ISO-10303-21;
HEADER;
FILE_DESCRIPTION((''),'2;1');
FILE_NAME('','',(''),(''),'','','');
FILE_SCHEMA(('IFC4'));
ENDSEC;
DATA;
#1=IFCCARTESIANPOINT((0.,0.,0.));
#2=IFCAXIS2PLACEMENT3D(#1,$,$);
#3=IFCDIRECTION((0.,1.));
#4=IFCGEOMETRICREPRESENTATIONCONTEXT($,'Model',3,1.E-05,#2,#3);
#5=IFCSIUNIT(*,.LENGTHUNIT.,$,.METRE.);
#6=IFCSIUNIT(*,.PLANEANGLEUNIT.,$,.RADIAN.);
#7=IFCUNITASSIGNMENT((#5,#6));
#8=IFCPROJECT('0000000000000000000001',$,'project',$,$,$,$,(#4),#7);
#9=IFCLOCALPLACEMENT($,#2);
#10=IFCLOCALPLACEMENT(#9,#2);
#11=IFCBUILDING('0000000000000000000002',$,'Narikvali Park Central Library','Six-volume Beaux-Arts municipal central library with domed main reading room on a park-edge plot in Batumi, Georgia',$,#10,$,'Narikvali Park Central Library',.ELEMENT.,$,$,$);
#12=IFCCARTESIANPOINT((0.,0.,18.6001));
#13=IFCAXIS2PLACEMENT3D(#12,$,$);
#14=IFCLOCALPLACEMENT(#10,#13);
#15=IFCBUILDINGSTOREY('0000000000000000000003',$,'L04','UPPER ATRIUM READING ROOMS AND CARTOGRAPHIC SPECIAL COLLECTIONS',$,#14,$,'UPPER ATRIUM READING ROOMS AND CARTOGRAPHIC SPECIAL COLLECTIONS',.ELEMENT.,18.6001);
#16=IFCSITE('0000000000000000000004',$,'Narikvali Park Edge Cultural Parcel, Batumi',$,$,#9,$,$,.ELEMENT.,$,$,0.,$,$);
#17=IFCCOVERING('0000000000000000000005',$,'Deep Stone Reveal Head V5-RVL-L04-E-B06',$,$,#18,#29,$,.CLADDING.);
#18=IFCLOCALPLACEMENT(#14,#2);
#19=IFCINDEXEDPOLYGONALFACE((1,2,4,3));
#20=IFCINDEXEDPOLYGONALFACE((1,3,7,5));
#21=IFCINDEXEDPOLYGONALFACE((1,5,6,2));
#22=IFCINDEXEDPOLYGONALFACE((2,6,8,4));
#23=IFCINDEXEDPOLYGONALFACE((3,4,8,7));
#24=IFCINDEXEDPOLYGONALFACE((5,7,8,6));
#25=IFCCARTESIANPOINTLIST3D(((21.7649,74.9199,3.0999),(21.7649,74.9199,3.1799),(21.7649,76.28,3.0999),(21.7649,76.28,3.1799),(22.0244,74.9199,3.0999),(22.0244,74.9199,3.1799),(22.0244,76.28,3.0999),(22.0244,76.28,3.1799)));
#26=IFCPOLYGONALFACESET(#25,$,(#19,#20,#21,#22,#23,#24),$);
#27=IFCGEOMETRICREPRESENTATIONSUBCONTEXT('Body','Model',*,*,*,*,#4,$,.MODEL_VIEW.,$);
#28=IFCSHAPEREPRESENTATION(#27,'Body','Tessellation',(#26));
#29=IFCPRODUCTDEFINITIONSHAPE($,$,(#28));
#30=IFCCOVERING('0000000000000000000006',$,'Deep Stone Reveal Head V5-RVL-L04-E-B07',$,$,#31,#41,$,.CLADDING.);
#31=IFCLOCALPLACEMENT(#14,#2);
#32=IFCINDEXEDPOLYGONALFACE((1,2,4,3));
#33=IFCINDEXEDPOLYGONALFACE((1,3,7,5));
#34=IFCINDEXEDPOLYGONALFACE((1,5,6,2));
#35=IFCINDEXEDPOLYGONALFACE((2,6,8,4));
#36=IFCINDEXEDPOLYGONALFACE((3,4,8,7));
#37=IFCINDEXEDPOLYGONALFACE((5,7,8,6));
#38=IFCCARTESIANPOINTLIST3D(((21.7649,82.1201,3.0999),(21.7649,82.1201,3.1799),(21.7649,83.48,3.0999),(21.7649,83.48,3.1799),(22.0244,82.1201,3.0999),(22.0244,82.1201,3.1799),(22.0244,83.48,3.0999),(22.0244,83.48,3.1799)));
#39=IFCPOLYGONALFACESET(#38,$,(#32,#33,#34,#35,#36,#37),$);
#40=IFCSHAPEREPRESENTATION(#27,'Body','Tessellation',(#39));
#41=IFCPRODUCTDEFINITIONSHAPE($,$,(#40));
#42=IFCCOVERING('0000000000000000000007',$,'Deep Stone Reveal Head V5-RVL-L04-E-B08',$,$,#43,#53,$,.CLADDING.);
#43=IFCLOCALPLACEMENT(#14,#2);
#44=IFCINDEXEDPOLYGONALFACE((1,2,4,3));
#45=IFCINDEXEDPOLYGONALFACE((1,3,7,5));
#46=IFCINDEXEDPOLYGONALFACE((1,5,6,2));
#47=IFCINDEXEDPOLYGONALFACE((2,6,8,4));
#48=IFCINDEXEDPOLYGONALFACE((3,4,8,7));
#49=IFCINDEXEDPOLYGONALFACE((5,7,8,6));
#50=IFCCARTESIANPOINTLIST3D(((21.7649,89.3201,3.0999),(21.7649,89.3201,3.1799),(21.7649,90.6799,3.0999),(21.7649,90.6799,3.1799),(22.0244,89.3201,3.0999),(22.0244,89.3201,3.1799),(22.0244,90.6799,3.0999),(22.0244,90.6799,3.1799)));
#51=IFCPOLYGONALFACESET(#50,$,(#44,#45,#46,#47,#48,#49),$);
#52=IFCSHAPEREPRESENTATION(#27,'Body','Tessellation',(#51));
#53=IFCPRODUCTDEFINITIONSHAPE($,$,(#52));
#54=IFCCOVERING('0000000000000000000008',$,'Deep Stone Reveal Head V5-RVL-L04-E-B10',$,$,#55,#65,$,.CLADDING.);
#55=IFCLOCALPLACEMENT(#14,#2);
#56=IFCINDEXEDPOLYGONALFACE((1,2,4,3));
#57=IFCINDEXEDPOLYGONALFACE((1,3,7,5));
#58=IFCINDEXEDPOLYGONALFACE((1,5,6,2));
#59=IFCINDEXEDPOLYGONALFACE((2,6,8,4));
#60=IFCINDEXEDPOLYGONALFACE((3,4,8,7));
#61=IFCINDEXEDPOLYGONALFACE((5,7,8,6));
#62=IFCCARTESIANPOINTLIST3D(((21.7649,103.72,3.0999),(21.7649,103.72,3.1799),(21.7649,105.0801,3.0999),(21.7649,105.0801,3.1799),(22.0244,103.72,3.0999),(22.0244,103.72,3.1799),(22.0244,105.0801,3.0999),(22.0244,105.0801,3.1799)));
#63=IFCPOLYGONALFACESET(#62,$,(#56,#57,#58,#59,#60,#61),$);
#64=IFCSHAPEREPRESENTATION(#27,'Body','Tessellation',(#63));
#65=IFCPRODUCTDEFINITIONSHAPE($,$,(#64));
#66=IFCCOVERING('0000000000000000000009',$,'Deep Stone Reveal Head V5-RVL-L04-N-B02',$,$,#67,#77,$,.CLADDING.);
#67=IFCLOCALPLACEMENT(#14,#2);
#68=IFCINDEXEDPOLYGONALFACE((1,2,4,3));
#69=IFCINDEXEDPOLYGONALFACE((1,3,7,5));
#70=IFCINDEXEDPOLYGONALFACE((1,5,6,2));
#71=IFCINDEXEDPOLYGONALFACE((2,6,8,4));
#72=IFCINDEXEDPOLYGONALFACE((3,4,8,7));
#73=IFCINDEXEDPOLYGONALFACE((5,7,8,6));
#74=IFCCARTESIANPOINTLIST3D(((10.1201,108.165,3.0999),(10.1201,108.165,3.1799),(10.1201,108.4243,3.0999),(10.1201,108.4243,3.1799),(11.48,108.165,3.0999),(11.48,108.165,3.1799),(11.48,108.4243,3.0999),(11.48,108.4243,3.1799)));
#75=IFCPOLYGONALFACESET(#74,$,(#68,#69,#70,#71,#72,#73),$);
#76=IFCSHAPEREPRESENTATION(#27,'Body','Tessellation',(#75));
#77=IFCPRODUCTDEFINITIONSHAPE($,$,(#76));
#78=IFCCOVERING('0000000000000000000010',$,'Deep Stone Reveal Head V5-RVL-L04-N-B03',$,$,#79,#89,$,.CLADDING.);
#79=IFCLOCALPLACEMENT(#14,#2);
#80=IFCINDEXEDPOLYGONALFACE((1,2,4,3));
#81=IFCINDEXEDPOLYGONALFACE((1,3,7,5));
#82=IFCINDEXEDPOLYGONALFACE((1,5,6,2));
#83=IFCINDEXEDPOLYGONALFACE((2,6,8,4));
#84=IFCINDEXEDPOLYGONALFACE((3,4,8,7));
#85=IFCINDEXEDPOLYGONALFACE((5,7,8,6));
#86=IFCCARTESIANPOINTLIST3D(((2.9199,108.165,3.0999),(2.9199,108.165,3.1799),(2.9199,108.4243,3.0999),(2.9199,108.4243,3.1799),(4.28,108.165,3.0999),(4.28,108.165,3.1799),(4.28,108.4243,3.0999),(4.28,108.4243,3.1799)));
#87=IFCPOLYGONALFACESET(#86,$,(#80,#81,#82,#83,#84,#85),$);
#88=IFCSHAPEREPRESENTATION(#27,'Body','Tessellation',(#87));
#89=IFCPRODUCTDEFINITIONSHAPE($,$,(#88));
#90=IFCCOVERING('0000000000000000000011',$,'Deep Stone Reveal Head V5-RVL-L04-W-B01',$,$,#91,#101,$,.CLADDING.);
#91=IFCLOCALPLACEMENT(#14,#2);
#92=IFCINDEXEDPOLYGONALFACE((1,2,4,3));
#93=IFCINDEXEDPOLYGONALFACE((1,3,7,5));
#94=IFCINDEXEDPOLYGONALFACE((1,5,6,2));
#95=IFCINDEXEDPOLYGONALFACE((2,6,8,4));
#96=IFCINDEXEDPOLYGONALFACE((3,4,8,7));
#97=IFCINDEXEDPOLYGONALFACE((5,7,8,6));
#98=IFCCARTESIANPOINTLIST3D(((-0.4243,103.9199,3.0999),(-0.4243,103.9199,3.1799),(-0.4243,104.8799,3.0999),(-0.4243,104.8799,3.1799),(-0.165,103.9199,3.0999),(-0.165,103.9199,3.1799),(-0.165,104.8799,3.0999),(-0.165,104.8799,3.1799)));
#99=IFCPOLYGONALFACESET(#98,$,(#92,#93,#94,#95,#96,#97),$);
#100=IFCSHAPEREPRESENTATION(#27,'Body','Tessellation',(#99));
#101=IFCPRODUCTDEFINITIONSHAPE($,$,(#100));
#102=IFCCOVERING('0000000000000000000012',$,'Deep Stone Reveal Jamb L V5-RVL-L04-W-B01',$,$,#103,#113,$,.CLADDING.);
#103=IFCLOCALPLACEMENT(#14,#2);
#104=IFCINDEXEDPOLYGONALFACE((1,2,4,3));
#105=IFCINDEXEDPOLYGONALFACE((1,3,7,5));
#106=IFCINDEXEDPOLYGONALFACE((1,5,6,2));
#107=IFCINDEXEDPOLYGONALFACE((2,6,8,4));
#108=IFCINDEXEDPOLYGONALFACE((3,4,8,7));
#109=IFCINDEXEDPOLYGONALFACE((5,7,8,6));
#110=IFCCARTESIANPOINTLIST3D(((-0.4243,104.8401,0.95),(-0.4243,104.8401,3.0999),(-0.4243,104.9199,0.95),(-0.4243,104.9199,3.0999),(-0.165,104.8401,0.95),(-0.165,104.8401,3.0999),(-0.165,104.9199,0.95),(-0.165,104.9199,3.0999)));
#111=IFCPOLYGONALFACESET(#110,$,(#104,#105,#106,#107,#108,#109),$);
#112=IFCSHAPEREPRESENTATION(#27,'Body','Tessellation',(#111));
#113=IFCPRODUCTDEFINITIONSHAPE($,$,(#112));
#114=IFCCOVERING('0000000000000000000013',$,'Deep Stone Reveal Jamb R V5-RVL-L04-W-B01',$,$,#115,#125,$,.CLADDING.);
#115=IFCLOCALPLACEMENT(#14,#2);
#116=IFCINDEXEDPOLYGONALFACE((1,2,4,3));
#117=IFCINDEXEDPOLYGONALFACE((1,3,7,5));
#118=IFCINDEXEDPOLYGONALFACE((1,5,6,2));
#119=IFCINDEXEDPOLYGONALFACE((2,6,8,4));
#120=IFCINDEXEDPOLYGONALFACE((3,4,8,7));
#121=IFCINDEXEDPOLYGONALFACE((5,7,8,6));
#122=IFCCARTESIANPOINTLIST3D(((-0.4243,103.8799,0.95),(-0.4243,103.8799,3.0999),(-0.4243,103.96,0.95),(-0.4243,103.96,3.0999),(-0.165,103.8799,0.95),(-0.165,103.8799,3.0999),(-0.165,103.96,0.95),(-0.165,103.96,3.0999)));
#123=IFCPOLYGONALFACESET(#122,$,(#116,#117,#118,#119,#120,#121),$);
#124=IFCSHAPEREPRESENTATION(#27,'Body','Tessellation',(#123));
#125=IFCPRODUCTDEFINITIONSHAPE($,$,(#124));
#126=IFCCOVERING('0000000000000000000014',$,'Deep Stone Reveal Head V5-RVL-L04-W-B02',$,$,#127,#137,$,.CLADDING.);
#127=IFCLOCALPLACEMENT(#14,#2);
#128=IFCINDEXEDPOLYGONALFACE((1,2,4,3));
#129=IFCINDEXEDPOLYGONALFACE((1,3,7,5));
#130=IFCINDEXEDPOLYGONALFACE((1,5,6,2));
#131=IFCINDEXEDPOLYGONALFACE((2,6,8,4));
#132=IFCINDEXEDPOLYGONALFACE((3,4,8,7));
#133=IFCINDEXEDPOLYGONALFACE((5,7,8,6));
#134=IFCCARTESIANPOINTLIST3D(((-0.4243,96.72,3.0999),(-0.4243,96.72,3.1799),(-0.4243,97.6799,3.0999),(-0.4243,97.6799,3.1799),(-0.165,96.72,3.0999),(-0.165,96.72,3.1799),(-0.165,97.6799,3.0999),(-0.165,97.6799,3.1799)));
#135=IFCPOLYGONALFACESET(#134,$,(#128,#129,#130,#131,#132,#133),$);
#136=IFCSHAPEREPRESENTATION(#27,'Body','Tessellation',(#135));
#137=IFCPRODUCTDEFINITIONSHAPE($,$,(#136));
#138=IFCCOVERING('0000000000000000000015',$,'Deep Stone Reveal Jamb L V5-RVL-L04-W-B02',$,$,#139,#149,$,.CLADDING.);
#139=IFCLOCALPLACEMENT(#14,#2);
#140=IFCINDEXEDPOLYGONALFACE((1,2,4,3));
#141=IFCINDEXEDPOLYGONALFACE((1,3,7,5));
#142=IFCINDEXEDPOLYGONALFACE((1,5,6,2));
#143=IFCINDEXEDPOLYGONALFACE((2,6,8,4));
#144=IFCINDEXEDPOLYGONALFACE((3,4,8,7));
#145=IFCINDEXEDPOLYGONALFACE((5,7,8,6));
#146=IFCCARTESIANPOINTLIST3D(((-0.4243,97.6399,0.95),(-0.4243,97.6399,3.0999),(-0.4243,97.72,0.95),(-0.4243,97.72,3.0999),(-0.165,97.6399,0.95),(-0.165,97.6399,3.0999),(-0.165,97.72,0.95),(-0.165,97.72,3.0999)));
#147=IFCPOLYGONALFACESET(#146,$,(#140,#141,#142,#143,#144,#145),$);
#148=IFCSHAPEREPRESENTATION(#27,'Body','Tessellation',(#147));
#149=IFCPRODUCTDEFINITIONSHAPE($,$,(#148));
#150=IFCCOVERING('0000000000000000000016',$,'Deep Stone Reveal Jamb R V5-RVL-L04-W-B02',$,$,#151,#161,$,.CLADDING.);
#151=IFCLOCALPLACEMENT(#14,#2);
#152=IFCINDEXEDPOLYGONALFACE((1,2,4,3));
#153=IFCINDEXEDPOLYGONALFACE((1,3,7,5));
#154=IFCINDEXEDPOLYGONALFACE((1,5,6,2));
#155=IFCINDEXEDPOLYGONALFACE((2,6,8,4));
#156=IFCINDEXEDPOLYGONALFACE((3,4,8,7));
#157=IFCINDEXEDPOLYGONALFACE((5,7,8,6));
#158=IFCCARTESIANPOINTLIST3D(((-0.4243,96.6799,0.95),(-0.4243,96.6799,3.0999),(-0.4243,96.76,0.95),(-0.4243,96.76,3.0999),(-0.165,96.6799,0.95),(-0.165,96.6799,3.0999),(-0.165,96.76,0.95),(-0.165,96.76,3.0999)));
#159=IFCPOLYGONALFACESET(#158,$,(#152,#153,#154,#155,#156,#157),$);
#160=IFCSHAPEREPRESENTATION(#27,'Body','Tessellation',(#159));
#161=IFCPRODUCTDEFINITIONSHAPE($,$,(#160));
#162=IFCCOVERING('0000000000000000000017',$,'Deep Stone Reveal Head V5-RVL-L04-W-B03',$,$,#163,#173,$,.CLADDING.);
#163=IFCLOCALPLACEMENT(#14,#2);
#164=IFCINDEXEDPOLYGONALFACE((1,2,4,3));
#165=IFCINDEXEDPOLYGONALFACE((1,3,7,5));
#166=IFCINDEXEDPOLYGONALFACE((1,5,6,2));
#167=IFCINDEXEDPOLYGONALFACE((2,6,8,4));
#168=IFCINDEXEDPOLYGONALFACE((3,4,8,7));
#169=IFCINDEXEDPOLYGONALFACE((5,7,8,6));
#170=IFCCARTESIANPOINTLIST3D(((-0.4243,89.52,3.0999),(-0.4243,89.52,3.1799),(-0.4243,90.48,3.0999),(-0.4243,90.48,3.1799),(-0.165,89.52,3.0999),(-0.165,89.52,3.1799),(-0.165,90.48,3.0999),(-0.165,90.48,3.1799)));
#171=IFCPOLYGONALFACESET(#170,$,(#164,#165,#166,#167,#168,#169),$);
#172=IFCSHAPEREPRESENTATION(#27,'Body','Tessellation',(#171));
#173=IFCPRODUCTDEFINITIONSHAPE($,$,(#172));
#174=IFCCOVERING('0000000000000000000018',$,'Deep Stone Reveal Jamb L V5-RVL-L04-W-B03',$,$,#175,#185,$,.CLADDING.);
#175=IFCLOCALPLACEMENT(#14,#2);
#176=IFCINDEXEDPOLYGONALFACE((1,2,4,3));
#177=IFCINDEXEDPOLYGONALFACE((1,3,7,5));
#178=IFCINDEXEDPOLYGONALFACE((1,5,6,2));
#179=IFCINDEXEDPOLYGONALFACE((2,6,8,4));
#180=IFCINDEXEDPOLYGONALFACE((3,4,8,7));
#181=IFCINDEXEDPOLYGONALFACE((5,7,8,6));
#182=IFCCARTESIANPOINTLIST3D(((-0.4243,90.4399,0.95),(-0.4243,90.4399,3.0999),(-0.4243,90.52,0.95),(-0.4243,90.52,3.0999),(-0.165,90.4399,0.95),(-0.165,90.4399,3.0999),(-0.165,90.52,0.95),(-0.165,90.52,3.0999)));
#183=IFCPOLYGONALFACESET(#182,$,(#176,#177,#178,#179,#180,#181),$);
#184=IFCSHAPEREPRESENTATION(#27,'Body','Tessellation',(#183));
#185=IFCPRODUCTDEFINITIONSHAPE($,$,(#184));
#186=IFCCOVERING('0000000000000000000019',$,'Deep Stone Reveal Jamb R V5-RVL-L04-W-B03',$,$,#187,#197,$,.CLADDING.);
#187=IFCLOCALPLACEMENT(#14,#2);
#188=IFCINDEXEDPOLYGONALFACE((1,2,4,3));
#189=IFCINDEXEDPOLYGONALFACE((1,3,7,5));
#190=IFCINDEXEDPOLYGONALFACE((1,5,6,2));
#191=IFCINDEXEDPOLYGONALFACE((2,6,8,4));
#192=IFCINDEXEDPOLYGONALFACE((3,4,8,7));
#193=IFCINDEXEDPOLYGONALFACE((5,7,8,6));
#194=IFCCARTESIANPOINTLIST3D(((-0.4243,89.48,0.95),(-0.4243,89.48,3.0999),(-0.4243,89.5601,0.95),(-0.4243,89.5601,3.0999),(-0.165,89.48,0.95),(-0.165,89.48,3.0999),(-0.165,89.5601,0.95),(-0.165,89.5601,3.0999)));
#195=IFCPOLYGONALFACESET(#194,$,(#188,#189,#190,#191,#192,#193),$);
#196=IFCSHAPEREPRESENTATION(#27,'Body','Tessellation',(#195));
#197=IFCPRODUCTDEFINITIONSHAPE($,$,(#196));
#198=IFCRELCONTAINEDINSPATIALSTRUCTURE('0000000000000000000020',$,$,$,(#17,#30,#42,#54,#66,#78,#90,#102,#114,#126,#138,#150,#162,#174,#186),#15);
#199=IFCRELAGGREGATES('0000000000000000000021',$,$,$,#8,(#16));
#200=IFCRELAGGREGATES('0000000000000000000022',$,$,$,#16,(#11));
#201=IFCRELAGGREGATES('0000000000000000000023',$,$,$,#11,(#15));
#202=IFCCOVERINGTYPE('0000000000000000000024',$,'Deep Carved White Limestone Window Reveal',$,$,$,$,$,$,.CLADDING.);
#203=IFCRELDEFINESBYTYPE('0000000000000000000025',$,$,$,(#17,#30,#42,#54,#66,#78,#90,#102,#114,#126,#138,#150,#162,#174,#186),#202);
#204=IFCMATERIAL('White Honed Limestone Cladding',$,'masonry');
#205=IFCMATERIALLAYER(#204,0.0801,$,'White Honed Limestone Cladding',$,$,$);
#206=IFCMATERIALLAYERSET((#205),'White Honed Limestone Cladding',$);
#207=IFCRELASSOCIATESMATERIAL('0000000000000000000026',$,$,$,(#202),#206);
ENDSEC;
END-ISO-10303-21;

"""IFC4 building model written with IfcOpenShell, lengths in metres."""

from ifc_helpers import new_model, si_unit, direction, frame, origin, place, context, subcontext, project, spatial, polyline, outline, extrude, material, layer, layer_set, type_object, element, save


model = new_model("IFC4")

# Units and contexts
model_context = context("Model", 3, precision=1e-05, world=origin(), true_north=direction((0.0, 1.0)))
body_context = subcontext(model_context, "Body", "Model", "MODEL_VIEW")
ifc_project = project(units=[si_unit("LENGTHUNIT", "METRE"), si_unit("PLANEANGLEUNIT", "RADIAN")], contexts=[model_context])

# Site, building, storey
site_placement = place(None, origin())
site = spatial("IfcSite", under=ifc_project, at=site_placement, Name="Narikvali Park Edge Cultural Parcel, Batumi", CompositionType="ELEMENT", RefElevation=0.0)
building_placement = place(site_placement, origin())
building = spatial("IfcBuilding", under=site, at=building_placement, Name="Narikvali Park Central Library", Description="Six-volume Beaux-Arts municipal central library with domed main reading room on a park-edge plot in Batumi, Georgia", LongName="Narikvali Park Central Library", CompositionType="ELEMENT")
storey_placement = place(building_placement, frame((0.0, 0.0, 18.6001)))
storey = spatial("IfcBuildingStorey", under=building, at=storey_placement, Name="L04", Description="UPPER ATRIUM READING ROOMS AND CARTOGRAPHIC SPECIAL COLLECTIONS", LongName="UPPER ATRIUM READING ROOMS AND CARTOGRAPHIC SPECIAL COLLECTIONS", CompositionType="ELEMENT", Elevation=18.6001)

# Coverings
ifc_material = material(Name="White Honed Limestone Cladding", Category="masonry")
ifc_layer = layer(ifc_material, 0.0801, Name="White Honed Limestone Cladding")
ifc_layer_set = layer_set([ifc_layer], Name="White Honed Limestone Cladding")
covering_type = type_object("IfcCoveringType", Name="Deep Carved White Limestone Window Reveal", PredefinedType="CLADDING", material=ifc_layer_set)
covering_1_placement = place(storey_placement, frame((0.0, 0.0, 3.0999)))
element("IfcCovering", 1, at=covering_1_placement, inside=storey, type_object=covering_type, Name="Deep Stone Reveal Head V5-RVL-L04-E-B06", PredefinedType="CLADDING", context=body_context, shape_type="SweptSolid", body=[
    extrude(outline(polyline([(21.7649, 74.9199), (21.7649, 76.28), (22.0244, 76.28), (22.0244, 74.9199), (21.7649, 74.9199)])), origin(), (0.0, 0.0, 1.0), 0.0801),
])
covering_2_placement = place(storey_placement, frame((0.0, 0.0, 3.0999)))
element("IfcCovering", 2, at=covering_2_placement, inside=storey, type_object=covering_type, Name="Deep Stone Reveal Head V5-RVL-L04-E-B07", PredefinedType="CLADDING", context=body_context, shape_type="SweptSolid", body=[
    extrude(outline(polyline([(21.7649, 82.1201), (21.7649, 83.48), (22.0244, 83.48), (22.0244, 82.1201), (21.7649, 82.1201)])), origin(), (0.0, 0.0, 1.0), 0.0801),
])
covering_3_placement = place(storey_placement, frame((0.0, 0.0, 3.0999)))
element("IfcCovering", 3, at=covering_3_placement, inside=storey, type_object=covering_type, Name="Deep Stone Reveal Head V5-RVL-L04-E-B08", PredefinedType="CLADDING", context=body_context, shape_type="SweptSolid", body=[
    extrude(outline(polyline([(21.7649, 89.3201), (21.7649, 90.6799), (22.0244, 90.6799), (22.0244, 89.3201), (21.7649, 89.3201)])), origin(), (0.0, 0.0, 1.0), 0.0801),
])
covering_4_placement = place(storey_placement, frame((0.0, 0.0, 3.0999)))
element("IfcCovering", 4, at=covering_4_placement, inside=storey, type_object=covering_type, Name="Deep Stone Reveal Head V5-RVL-L04-E-B10", PredefinedType="CLADDING", context=body_context, shape_type="SweptSolid", body=[
    extrude(outline(polyline([(21.7649, 103.72), (21.7649, 105.0801), (22.0244, 105.0801), (22.0244, 103.72), (21.7649, 103.72)])), origin(), (0.0, 0.0, 1.0), 0.0801),
])
covering_5_placement = place(storey_placement, frame((0.0, 0.0, 3.0999)))
element("IfcCovering", 5, at=covering_5_placement, inside=storey, type_object=covering_type, Name="Deep Stone Reveal Head V5-RVL-L04-N-B02", PredefinedType="CLADDING", context=body_context, shape_type="SweptSolid", body=[
    extrude(outline(polyline([(11.48, 108.165), (10.1201, 108.165), (10.1201, 108.4243), (11.48, 108.4243), (11.48, 108.165)])), origin(), (0.0, 0.0, 1.0), 0.0801),
])
covering_6_placement = place(storey_placement, frame((0.0, 0.0, 3.0999)))
element("IfcCovering", 6, at=covering_6_placement, inside=storey, type_object=covering_type, Name="Deep Stone Reveal Head V5-RVL-L04-N-B03", PredefinedType="CLADDING", context=body_context, shape_type="SweptSolid", body=[
    extrude(outline(polyline([(4.28, 108.165), (2.9199, 108.165), (2.9199, 108.4243), (4.28, 108.4243), (4.28, 108.165)])), origin(), (0.0, 0.0, 1.0), 0.0801),
])
covering_7_placement = place(storey_placement, frame((0.0, 0.0, 3.0999)))
element("IfcCovering", 7, at=covering_7_placement, inside=storey, type_object=covering_type, Name="Deep Stone Reveal Head V5-RVL-L04-W-B01", PredefinedType="CLADDING", context=body_context, shape_type="SweptSolid", body=[
    extrude(outline(polyline([(-0.165, 104.8799), (-0.165, 103.9199), (-0.4243, 103.9199), (-0.4243, 104.8799), (-0.165, 104.8799)])), origin(), (0.0, 0.0, 1.0), 0.0801),
])
covering_8_placement = place(storey_placement, frame((0.0, 0.0, 0.95)))
element("IfcCovering", 8, at=covering_8_placement, inside=storey, type_object=covering_type, Name="Deep Stone Reveal Jamb L V5-RVL-L04-W-B01", PredefinedType="CLADDING", context=body_context, shape_type="SweptSolid", body=[
    extrude(outline(polyline([(-0.165, 104.9199), (-0.165, 104.8401), (-0.4243, 104.8401), (-0.4243, 104.9199), (-0.165, 104.9199)])), origin(), (0.0, 0.0, 1.0), 2.1499),
])
covering_9_placement = place(storey_placement, frame((0.0, 0.0, 0.95)))
element("IfcCovering", 9, at=covering_9_placement, inside=storey, type_object=covering_type, Name="Deep Stone Reveal Jamb R V5-RVL-L04-W-B01", PredefinedType="CLADDING", context=body_context, shape_type="SweptSolid", body=[
    extrude(outline(polyline([(-0.165, 103.96), (-0.165, 103.8799), (-0.4243, 103.8799), (-0.4243, 103.96), (-0.165, 103.96)])), origin(), (0.0, 0.0, 1.0), 2.1499),
])
covering_10_placement = place(storey_placement, frame((0.0, 0.0, 3.0999)))
element("IfcCovering", 10, at=covering_10_placement, inside=storey, type_object=covering_type, Name="Deep Stone Reveal Head V5-RVL-L04-W-B02", PredefinedType="CLADDING", context=body_context, shape_type="SweptSolid", body=[
    extrude(outline(polyline([(-0.165, 97.6799), (-0.165, 96.72), (-0.4243, 96.72), (-0.4243, 97.6799), (-0.165, 97.6799)])), origin(), (0.0, 0.0, 1.0), 0.0801),
])
covering_11_placement = place(storey_placement, frame((0.0, 0.0, 0.95)))
element("IfcCovering", 11, at=covering_11_placement, inside=storey, type_object=covering_type, Name="Deep Stone Reveal Jamb L V5-RVL-L04-W-B02", PredefinedType="CLADDING", context=body_context, shape_type="SweptSolid", body=[
    extrude(outline(polyline([(-0.165, 97.72), (-0.165, 97.6399), (-0.4243, 97.6399), (-0.4243, 97.72), (-0.165, 97.72)])), origin(), (0.0, 0.0, 1.0), 2.1499),
])
covering_12_placement = place(storey_placement, frame((0.0, 0.0, 0.95)))
element("IfcCovering", 12, at=covering_12_placement, inside=storey, type_object=covering_type, Name="Deep Stone Reveal Jamb R V5-RVL-L04-W-B02", PredefinedType="CLADDING", context=body_context, shape_type="SweptSolid", body=[
    extrude(outline(polyline([(-0.165, 96.76), (-0.165, 96.6799), (-0.4243, 96.6799), (-0.4243, 96.76), (-0.165, 96.76)])), origin(), (0.0, 0.0, 1.0), 2.1499),
])
covering_13_placement = place(storey_placement, frame((0.0, 0.0, 3.0999)))
element("IfcCovering", 13, at=covering_13_placement, inside=storey, type_object=covering_type, Name="Deep Stone Reveal Head V5-RVL-L04-W-B03", PredefinedType="CLADDING", context=body_context, shape_type="SweptSolid", body=[
    extrude(outline(polyline([(-0.165, 90.48), (-0.165, 89.52), (-0.4243, 89.52), (-0.4243, 90.48), (-0.165, 90.48)])), origin(), (0.0, 0.0, 1.0), 0.0801),
])
covering_14_placement = place(storey_placement, frame((0.0, 0.0, 0.95)))
element("IfcCovering", 14, at=covering_14_placement, inside=storey, type_object=covering_type, Name="Deep Stone Reveal Jamb L V5-RVL-L04-W-B03", PredefinedType="CLADDING", context=body_context, shape_type="SweptSolid", body=[
    extrude(outline(polyline([(-0.165, 90.52), (-0.165, 90.4399), (-0.4243, 90.4399), (-0.4243, 90.52), (-0.165, 90.52)])), origin(), (0.0, 0.0, 1.0), 2.1499),
])
covering_15_placement = place(storey_placement, frame((0.0, 0.0, 0.95)))
element("IfcCovering", 15, at=covering_15_placement, inside=storey, type_object=covering_type, Name="Deep Stone Reveal Jamb R V5-RVL-L04-W-B03", PredefinedType="CLADDING", context=body_context, shape_type="SweptSolid", body=[
    extrude(outline(polyline([(-0.165, 89.5601), (-0.165, 89.48), (-0.4243, 89.48), (-0.4243, 89.5601), (-0.165, 89.5601)])), origin(), (0.0, 0.0, 1.0), 2.1499),
])

save(model, "model.ifc")
